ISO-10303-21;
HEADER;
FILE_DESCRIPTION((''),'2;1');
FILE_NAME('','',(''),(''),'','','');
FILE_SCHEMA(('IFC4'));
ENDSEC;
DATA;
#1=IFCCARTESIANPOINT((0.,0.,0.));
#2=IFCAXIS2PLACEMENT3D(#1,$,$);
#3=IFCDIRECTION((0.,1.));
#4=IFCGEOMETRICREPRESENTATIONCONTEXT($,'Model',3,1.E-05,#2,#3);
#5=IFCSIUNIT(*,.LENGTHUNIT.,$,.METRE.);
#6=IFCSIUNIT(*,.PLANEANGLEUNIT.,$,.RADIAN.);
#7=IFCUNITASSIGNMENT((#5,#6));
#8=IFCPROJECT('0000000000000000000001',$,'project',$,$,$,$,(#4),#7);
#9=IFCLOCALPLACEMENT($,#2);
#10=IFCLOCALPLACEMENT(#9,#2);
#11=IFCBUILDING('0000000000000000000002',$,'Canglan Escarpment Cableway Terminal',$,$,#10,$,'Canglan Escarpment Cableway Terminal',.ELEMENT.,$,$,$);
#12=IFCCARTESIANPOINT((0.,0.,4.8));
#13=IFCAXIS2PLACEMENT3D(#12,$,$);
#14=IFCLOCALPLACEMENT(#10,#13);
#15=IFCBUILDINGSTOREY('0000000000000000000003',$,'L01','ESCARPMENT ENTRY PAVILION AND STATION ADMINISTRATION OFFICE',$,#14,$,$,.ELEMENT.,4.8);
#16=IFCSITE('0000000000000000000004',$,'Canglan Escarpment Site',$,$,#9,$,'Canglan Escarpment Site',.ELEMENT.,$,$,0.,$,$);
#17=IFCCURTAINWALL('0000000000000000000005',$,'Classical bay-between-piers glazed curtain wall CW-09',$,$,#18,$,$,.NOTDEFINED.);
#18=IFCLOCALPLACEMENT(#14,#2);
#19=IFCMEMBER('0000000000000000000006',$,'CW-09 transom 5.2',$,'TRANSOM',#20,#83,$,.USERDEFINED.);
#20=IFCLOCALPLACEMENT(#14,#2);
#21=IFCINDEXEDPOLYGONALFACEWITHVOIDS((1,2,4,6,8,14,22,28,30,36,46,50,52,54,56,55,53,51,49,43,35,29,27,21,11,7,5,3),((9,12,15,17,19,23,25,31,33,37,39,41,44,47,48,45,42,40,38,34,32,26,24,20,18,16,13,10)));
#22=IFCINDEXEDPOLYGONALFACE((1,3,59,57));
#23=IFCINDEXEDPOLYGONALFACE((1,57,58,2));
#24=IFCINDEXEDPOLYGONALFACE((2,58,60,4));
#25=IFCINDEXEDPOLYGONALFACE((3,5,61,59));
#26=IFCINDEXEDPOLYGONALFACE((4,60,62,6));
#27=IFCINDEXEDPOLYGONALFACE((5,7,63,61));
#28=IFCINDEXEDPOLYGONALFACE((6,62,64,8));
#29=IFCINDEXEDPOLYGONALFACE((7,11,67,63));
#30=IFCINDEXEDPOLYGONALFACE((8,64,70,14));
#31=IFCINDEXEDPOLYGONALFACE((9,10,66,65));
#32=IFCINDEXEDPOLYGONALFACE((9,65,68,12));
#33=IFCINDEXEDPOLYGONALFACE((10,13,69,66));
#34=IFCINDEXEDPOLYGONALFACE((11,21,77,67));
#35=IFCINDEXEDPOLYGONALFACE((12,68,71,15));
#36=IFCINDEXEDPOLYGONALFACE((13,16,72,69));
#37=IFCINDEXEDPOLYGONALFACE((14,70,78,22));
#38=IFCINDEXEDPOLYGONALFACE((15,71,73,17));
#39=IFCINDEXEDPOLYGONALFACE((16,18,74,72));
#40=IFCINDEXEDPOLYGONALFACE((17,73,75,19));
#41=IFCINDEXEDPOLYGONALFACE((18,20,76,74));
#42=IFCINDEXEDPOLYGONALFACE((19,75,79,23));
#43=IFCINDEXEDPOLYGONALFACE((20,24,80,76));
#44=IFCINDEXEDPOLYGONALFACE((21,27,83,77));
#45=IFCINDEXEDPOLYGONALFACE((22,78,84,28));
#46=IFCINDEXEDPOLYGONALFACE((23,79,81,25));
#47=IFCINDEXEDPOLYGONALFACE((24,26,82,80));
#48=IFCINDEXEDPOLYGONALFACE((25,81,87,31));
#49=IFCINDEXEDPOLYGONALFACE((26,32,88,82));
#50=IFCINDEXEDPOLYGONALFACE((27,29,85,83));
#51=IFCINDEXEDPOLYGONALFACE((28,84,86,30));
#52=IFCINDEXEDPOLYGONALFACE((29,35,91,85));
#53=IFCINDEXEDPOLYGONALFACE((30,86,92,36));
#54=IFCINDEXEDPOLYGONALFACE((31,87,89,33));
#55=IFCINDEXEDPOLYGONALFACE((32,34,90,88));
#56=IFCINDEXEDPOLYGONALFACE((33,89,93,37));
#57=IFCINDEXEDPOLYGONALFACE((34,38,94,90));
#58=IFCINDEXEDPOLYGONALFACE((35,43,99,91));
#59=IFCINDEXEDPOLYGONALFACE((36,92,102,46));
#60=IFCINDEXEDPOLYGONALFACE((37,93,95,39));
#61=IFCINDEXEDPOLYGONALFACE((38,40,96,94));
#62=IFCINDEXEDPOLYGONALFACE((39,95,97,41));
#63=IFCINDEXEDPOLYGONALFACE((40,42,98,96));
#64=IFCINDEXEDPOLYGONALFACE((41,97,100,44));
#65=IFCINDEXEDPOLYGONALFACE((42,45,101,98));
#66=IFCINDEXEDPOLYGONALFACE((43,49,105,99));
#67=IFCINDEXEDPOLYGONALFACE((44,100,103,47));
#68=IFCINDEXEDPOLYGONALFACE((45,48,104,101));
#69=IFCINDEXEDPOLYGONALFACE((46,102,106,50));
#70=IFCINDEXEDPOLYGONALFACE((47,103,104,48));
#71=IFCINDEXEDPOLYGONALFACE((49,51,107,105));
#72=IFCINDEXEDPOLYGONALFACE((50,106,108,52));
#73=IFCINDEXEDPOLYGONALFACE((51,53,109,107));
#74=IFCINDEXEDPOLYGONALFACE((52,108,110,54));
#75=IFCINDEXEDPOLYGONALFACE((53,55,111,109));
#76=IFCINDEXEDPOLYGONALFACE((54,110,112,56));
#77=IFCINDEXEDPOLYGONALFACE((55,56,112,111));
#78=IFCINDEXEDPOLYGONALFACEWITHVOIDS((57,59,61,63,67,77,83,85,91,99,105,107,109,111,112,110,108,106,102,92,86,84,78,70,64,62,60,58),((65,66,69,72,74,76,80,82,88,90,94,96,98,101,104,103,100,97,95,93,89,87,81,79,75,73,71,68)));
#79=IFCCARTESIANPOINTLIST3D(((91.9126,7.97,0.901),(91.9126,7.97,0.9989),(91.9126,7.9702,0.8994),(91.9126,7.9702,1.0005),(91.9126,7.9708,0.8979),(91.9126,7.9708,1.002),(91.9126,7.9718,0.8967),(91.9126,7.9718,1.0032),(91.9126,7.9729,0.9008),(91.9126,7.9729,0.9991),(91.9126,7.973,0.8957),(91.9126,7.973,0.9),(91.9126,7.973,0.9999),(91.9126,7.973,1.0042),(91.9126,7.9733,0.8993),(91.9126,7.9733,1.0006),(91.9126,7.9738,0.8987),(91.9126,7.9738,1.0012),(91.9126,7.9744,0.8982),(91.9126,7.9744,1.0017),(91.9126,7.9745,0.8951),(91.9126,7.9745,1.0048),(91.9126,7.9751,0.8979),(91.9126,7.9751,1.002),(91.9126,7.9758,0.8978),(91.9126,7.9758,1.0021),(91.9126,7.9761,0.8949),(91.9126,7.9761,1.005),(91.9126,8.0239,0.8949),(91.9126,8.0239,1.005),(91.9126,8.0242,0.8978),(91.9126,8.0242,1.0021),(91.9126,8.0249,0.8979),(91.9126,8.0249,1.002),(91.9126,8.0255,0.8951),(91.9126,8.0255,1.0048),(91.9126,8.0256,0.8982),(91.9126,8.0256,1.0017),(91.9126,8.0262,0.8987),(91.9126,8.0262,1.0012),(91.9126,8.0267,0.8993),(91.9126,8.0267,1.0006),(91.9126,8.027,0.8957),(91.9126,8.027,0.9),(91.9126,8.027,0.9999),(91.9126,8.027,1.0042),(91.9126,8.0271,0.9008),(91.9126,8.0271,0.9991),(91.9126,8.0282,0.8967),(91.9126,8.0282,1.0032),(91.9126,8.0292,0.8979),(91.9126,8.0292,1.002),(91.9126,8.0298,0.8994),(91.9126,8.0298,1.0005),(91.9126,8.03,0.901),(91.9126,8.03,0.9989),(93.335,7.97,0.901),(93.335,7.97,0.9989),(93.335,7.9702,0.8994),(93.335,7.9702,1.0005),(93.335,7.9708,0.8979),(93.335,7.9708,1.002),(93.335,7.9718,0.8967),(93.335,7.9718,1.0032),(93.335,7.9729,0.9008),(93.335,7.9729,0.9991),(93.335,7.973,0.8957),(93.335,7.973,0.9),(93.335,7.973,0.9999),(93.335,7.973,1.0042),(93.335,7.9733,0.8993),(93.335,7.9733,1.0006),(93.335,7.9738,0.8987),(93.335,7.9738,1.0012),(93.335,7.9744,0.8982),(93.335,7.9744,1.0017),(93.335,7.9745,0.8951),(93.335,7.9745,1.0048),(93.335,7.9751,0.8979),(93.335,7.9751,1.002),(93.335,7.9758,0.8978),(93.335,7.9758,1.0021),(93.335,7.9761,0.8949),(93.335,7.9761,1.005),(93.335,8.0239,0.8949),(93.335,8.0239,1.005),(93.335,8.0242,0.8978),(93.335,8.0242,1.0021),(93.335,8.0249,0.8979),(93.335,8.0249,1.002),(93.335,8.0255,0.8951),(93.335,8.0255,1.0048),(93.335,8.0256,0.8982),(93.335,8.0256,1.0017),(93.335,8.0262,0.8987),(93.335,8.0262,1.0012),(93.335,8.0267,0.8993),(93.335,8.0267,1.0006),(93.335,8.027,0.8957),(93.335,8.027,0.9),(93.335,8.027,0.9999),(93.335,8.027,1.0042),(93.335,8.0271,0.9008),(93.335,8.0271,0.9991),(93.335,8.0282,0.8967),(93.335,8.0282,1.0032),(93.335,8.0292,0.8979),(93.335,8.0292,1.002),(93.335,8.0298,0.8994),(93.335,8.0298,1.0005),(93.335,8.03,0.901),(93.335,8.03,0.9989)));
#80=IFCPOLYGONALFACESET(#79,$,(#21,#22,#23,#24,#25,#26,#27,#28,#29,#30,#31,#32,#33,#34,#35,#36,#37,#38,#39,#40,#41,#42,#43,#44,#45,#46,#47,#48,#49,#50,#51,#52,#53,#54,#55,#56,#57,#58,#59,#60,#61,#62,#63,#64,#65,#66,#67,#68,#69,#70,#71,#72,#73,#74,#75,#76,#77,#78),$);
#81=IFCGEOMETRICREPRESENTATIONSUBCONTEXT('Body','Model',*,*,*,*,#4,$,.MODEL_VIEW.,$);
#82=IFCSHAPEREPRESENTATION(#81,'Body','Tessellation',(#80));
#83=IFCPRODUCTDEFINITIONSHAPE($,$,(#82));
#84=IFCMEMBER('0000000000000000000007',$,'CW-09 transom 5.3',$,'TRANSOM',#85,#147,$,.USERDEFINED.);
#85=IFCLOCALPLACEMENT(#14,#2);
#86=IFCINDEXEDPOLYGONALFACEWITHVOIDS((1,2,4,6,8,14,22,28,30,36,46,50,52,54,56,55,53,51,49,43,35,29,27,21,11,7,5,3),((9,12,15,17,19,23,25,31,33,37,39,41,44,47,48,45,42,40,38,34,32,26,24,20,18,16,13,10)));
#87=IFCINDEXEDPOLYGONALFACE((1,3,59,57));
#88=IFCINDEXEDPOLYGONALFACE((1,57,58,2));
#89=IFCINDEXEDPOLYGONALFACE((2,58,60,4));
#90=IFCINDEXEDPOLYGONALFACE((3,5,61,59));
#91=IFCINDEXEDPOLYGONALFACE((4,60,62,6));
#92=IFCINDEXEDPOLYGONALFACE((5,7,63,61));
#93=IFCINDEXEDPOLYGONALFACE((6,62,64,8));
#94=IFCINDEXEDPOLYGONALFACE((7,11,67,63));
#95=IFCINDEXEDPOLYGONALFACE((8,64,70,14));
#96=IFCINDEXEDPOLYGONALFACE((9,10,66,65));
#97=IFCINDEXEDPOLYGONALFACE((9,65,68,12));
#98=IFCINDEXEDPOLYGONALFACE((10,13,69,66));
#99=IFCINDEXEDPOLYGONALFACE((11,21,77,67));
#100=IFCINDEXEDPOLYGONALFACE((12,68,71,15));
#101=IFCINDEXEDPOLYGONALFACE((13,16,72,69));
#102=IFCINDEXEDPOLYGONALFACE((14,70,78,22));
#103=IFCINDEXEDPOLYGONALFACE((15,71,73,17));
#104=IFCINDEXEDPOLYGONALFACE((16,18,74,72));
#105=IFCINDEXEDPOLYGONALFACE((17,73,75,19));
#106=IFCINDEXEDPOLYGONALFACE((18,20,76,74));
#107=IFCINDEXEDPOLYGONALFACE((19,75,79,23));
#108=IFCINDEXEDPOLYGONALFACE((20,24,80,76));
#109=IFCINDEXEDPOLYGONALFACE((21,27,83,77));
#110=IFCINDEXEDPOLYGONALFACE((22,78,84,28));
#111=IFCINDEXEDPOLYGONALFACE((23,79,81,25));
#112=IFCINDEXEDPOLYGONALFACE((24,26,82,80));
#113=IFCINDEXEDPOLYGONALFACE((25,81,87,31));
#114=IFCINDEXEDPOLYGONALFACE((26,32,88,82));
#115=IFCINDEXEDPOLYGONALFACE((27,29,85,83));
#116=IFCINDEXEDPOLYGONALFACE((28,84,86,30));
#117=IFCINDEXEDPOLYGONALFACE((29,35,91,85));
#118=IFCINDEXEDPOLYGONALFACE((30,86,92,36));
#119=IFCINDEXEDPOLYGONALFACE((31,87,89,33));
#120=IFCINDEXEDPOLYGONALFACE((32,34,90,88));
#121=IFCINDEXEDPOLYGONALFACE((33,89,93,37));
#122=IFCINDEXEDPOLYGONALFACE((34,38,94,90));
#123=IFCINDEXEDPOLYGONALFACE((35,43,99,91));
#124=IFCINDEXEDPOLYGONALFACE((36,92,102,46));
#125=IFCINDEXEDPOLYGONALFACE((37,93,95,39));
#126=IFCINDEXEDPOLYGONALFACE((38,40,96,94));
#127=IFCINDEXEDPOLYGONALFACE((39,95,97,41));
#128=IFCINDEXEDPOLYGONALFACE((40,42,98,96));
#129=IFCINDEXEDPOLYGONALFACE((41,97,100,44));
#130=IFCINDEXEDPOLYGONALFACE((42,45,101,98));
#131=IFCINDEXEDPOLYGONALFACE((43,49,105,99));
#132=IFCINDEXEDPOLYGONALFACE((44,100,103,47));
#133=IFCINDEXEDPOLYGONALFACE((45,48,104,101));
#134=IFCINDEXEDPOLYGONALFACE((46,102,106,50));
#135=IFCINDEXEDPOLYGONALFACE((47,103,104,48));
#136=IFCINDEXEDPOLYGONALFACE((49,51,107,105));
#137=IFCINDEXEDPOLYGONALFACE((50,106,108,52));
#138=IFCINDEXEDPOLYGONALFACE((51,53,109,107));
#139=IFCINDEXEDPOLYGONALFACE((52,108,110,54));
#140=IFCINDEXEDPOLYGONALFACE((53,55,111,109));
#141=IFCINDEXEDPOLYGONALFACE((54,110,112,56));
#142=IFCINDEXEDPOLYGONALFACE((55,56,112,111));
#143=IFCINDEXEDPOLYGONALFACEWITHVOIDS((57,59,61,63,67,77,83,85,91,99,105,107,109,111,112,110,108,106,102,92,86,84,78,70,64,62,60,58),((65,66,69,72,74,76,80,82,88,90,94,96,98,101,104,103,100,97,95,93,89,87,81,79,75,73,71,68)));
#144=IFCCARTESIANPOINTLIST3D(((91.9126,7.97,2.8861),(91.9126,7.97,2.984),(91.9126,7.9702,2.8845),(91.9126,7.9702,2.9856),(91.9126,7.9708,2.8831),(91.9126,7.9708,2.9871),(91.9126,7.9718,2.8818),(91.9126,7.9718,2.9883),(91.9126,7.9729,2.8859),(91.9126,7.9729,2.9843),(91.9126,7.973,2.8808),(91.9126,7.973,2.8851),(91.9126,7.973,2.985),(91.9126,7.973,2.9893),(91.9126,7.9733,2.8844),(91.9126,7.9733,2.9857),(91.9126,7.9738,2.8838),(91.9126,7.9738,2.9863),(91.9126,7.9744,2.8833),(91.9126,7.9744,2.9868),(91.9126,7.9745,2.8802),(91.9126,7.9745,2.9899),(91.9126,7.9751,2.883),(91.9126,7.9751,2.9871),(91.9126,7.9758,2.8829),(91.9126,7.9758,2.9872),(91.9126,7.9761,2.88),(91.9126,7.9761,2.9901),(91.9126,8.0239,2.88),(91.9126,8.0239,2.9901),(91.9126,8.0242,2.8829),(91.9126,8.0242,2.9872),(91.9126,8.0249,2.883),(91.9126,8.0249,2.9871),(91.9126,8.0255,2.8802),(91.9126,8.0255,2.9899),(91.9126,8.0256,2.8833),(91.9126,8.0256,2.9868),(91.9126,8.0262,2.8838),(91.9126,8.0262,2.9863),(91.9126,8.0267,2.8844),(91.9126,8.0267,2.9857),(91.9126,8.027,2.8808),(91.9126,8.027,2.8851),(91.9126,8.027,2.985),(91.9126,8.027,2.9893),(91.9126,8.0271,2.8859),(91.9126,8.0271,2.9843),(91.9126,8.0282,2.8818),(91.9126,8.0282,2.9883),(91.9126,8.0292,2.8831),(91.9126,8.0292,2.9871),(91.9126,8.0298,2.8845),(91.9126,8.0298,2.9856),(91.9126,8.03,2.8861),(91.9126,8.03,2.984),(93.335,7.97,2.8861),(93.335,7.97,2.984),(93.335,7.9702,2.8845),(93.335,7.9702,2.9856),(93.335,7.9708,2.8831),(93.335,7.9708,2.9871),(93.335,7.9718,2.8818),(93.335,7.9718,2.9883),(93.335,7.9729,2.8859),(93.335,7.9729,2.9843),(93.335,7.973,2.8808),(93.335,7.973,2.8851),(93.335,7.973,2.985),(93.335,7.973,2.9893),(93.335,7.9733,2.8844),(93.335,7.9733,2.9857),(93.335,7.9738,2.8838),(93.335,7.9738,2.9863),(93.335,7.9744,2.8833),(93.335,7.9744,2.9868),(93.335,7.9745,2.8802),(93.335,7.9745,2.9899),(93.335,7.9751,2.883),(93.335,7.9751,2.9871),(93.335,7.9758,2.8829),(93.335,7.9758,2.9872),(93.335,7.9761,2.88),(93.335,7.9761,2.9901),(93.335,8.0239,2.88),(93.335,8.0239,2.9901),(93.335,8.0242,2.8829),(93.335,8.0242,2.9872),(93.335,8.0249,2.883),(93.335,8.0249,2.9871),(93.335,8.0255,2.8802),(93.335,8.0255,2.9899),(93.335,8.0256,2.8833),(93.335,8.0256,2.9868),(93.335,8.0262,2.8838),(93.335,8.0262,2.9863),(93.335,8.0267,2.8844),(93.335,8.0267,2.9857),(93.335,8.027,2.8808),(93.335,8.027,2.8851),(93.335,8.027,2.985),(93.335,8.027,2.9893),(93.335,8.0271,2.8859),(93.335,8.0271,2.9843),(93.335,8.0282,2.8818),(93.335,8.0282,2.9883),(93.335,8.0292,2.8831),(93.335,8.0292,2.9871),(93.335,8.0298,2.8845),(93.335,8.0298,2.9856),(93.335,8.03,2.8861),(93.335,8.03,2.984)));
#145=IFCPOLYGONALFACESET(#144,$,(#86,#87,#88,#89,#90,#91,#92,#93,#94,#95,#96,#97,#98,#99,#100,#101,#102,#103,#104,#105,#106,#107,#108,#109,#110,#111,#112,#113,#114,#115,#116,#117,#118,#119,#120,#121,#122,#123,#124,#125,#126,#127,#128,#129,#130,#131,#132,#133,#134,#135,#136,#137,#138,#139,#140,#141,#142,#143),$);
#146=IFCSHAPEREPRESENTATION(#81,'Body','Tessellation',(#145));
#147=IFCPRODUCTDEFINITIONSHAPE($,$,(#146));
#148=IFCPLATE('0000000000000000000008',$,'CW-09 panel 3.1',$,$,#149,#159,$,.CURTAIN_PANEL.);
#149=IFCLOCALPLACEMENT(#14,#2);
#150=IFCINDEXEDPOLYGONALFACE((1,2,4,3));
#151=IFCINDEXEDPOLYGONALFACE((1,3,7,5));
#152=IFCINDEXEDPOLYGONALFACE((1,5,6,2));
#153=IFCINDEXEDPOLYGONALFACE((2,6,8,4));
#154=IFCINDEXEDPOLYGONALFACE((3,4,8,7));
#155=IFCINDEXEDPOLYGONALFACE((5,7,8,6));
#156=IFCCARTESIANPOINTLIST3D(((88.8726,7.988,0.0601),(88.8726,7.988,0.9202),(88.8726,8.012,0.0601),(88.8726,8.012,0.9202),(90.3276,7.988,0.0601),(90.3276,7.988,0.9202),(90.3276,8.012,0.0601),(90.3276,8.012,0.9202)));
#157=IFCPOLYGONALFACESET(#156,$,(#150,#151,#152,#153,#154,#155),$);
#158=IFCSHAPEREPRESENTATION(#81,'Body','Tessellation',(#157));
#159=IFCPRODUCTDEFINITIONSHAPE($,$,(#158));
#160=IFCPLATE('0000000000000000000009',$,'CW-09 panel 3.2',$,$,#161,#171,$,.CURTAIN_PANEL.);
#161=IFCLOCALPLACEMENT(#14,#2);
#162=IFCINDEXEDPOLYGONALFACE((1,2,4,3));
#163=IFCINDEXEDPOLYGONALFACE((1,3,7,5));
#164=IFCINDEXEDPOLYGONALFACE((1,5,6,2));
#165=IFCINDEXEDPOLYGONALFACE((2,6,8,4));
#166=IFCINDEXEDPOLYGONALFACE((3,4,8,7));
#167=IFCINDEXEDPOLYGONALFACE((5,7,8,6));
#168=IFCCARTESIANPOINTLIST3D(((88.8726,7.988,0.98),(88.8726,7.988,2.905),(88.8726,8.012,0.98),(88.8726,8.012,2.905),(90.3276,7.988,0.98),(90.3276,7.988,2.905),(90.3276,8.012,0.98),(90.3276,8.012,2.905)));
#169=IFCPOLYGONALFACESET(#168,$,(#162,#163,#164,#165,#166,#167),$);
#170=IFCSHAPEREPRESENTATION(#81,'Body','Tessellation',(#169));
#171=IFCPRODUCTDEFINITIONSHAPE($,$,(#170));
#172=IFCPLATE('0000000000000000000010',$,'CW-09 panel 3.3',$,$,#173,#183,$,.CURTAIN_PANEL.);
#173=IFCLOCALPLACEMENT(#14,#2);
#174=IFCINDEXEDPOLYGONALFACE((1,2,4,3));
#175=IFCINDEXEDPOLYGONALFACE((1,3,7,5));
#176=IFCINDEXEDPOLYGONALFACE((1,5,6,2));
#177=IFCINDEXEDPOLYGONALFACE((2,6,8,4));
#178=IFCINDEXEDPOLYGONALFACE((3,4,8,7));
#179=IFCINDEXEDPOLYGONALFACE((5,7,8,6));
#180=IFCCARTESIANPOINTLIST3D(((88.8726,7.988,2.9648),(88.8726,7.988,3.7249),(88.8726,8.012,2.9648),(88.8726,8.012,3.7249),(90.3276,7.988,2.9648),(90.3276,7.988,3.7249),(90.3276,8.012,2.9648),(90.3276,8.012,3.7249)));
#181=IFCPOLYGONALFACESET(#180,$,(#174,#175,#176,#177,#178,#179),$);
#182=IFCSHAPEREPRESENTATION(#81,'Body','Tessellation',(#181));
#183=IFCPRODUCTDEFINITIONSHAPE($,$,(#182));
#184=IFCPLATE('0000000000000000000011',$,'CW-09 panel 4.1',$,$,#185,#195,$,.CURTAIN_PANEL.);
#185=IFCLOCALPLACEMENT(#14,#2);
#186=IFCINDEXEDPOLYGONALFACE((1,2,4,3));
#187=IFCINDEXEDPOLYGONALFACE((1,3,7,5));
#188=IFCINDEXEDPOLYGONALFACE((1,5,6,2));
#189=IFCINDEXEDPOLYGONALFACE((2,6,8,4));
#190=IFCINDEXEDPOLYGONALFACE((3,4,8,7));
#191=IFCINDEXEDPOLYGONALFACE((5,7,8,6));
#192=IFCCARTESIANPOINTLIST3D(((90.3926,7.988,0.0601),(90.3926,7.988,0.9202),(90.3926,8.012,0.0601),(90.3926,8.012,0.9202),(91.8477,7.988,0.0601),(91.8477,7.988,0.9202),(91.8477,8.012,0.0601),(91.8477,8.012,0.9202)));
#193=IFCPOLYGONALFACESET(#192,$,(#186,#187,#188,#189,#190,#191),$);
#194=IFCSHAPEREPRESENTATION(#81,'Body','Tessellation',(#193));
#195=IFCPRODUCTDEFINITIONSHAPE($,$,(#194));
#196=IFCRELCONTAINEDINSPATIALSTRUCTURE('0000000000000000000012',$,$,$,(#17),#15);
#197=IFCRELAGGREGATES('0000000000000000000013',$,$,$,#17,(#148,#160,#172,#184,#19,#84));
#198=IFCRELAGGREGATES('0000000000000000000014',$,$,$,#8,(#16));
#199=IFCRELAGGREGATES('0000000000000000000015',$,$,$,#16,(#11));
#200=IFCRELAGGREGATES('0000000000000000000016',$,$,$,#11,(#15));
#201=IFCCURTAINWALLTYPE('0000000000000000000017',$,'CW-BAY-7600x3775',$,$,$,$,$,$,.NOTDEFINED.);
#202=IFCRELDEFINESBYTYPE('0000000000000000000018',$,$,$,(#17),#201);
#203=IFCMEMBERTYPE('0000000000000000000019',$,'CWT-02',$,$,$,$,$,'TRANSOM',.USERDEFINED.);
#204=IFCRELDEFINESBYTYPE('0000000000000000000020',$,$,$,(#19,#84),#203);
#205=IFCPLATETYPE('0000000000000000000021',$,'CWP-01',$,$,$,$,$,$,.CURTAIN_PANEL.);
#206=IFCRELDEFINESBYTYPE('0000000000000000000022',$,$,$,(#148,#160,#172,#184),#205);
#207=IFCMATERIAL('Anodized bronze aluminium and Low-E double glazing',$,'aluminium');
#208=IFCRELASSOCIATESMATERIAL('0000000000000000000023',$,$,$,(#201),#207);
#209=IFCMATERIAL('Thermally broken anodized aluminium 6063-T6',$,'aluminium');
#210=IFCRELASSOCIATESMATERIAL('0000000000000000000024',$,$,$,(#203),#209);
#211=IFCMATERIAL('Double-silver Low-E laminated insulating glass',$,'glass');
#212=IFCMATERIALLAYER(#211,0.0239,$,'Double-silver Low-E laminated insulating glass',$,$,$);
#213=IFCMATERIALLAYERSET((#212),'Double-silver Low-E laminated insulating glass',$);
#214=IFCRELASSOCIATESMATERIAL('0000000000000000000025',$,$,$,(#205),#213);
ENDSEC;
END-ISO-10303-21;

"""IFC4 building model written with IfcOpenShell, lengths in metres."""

from ifc_helpers import new_model, si_unit, direction, frame, origin, origin_2d, place, context, subcontext, project, spatial, rectangle, hollow_rectangle, extrude, material, layer, layer_set, material_profile, profile_set, type_object, element, aggregate, save


model = new_model("IFC4")

# Units and contexts
model_context = context("Model", 3, precision=1e-05, world=origin(), true_north=direction((0.0, 1.0)))
body_context = subcontext(model_context, "Body", "Model", "MODEL_VIEW")
ifc_project = project(units=[si_unit("LENGTHUNIT", "METRE"), si_unit("PLANEANGLEUNIT", "RADIAN")], contexts=[model_context])

# Site, building, storey
site_placement = place(None, origin())
site = spatial("IfcSite", under=ifc_project, at=site_placement, Name="Canglan Escarpment Site", LongName="Canglan Escarpment Site", CompositionType="ELEMENT", RefElevation=0.0)
building_placement = place(site_placement, origin())
building = spatial("IfcBuilding", under=site, at=building_placement, Name="Canglan Escarpment Cableway Terminal", LongName="Canglan Escarpment Cableway Terminal", CompositionType="ELEMENT")
storey_placement = place(building_placement, frame((0.0, 0.0, 4.8)))
storey = spatial("IfcBuildingStorey", under=building, at=storey_placement, Name="L01", Description="ESCARPMENT ENTRY PAVILION AND STATION ADMINISTRATION OFFICE", CompositionType="ELEMENT", Elevation=4.8)

# Curtain wall, members, plates
ifc_material_1 = material(Name="Anodized bronze aluminium and Low-E double glazing", Category="aluminium")
curtain_wall_type = type_object("IfcCurtainWallType", Name="CW-BAY-7600x3775", PredefinedType="NOTDEFINED", material=ifc_material_1)
curtain_wall_placement = place(storey_placement, origin())
curtain_wall = element("IfcCurtainWall", 1, at=curtain_wall_placement, inside=storey, type_object=curtain_wall_type, Name="Classical bay-between-piers glazed curtain wall CW-09", PredefinedType="NOTDEFINED")
ifc_material_2 = material(Name="Thermally broken anodized aluminium 6063-T6", Category="aluminium")
ifc_material_profile_1 = material_profile(ifc_material_2, hollow_rectangle(XDim=0.0601, YDim=0.1101, WallThickness=0.0029, InnerFilletRadius=0.0029, OuterFilletRadius=0.0061, at=origin_2d()), Name="ALU-TRAN 60x110x3")
ifc_profile_set_1 = profile_set([ifc_material_profile_1], Name="Thermally broken anodized aluminium 6063-T6")
member_type_1 = type_object("IfcMemberType", Name="CWT-02", ElementType="TRANSOM", PredefinedType="USERDEFINED", material=ifc_profile_set_1)
member_1_placement = place(storey_placement, frame((91.9126, 8.0, 0.95), z_axis=(1.0, 0.0, 0.0), x_axis=(0.0, 1.0, 0.0)))
member_1 = element("IfcMember", 2, at=member_1_placement, type_object=member_type_1, Name="CW-09 transom 5.2", ObjectType="TRANSOM", PredefinedType="USERDEFINED", context=body_context, shape_type="SweptSolid", body=[
    extrude(hollow_rectangle(XDim=0.0601, YDim=0.1101, WallThickness=0.0029, InnerFilletRadius=0.0029, OuterFilletRadius=0.0061, at=origin_2d()), origin(), (0.0, 0.0, 1.0), 1.4224),
])
member_2_placement = place(storey_placement, frame((91.9126, 8.0, 2.9351), z_axis=(1.0, 0.0, 0.0), x_axis=(0.0, 1.0, 0.0)))
member_2 = element("IfcMember", 3, at=member_2_placement, type_object=member_type_1, Name="CW-09 transom 5.3", ObjectType="TRANSOM", PredefinedType="USERDEFINED", context=body_context, shape_type="SweptSolid", body=[
    extrude(hollow_rectangle(XDim=0.0601, YDim=0.1101, WallThickness=0.0029, InnerFilletRadius=0.0029, OuterFilletRadius=0.0061, at=origin_2d()), origin(), (0.0, 0.0, 1.0), 1.4224),
])
ifc_material_3 = material(Name="Double-silver Low-E laminated insulating glass", Category="glass")
ifc_layer = layer(ifc_material_3, 0.0239, Name="Double-silver Low-E laminated insulating glass")
ifc_layer_set = layer_set([ifc_layer], Name="Double-silver Low-E laminated insulating glass")
plate_type = type_object("IfcPlateType", Name="CWP-01", PredefinedType="CURTAIN_PANEL", material=ifc_layer_set)
plate_1_placement = place(storey_placement, frame((89.6001, 8.0, 0.0601), z_axis=(0.0, 0.0, 1.0), x_axis=(1.0, 0.0, 0.0)))
plate_1 = element("IfcPlate", 4, at=plate_1_placement, type_object=plate_type, Name="CW-09 panel 3.1", PredefinedType="CURTAIN_PANEL", context=body_context, shape_type="SweptSolid", body=[
    extrude(rectangle(XDim=1.4551, YDim=0.0239, at=origin_2d()), origin(), (0.0, 0.0, 1.0), 0.8601),
])
plate_2_placement = place(storey_placement, frame((89.6001, 8.0, 0.98), z_axis=(0.0, 0.0, 1.0), x_axis=(1.0, 0.0, 0.0)))
plate_2 = element("IfcPlate", 5, at=plate_2_placement, type_object=plate_type, Name="CW-09 panel 3.2", PredefinedType="CURTAIN_PANEL", context=body_context, shape_type="SweptSolid", body=[
    extrude(rectangle(XDim=1.4551, YDim=0.0239, at=origin_2d()), origin(), (0.0, 0.0, 1.0), 1.925),
])
plate_3_placement = place(storey_placement, frame((89.6001, 8.0, 2.9648), z_axis=(0.0, 0.0, 1.0), x_axis=(1.0, 0.0, 0.0)))
plate_3 = element("IfcPlate", 6, at=plate_3_placement, type_object=plate_type, Name="CW-09 panel 3.3", PredefinedType="CURTAIN_PANEL", context=body_context, shape_type="SweptSolid", body=[
    extrude(rectangle(XDim=1.4551, YDim=0.0239, at=origin_2d()), origin(), (0.0, 0.0, 1.0), 0.76),
])
plate_4_placement = place(storey_placement, frame((91.1201, 8.0, 0.0601), z_axis=(0.0, 0.0, 1.0), x_axis=(1.0, 0.0, 0.0)))
plate_4 = element("IfcPlate", 7, at=plate_4_placement, type_object=plate_type, Name="CW-09 panel 4.1", PredefinedType="CURTAIN_PANEL", context=body_context, shape_type="SweptSolid", body=[
    extrude(rectangle(XDim=1.4551, YDim=0.0239, at=origin_2d()), origin(), (0.0, 0.0, 1.0), 0.8601),
])
aggregate(curtain_wall, [plate_1, plate_2, plate_3, plate_4, member_1, member_2])

save(model, "model.ifc")
